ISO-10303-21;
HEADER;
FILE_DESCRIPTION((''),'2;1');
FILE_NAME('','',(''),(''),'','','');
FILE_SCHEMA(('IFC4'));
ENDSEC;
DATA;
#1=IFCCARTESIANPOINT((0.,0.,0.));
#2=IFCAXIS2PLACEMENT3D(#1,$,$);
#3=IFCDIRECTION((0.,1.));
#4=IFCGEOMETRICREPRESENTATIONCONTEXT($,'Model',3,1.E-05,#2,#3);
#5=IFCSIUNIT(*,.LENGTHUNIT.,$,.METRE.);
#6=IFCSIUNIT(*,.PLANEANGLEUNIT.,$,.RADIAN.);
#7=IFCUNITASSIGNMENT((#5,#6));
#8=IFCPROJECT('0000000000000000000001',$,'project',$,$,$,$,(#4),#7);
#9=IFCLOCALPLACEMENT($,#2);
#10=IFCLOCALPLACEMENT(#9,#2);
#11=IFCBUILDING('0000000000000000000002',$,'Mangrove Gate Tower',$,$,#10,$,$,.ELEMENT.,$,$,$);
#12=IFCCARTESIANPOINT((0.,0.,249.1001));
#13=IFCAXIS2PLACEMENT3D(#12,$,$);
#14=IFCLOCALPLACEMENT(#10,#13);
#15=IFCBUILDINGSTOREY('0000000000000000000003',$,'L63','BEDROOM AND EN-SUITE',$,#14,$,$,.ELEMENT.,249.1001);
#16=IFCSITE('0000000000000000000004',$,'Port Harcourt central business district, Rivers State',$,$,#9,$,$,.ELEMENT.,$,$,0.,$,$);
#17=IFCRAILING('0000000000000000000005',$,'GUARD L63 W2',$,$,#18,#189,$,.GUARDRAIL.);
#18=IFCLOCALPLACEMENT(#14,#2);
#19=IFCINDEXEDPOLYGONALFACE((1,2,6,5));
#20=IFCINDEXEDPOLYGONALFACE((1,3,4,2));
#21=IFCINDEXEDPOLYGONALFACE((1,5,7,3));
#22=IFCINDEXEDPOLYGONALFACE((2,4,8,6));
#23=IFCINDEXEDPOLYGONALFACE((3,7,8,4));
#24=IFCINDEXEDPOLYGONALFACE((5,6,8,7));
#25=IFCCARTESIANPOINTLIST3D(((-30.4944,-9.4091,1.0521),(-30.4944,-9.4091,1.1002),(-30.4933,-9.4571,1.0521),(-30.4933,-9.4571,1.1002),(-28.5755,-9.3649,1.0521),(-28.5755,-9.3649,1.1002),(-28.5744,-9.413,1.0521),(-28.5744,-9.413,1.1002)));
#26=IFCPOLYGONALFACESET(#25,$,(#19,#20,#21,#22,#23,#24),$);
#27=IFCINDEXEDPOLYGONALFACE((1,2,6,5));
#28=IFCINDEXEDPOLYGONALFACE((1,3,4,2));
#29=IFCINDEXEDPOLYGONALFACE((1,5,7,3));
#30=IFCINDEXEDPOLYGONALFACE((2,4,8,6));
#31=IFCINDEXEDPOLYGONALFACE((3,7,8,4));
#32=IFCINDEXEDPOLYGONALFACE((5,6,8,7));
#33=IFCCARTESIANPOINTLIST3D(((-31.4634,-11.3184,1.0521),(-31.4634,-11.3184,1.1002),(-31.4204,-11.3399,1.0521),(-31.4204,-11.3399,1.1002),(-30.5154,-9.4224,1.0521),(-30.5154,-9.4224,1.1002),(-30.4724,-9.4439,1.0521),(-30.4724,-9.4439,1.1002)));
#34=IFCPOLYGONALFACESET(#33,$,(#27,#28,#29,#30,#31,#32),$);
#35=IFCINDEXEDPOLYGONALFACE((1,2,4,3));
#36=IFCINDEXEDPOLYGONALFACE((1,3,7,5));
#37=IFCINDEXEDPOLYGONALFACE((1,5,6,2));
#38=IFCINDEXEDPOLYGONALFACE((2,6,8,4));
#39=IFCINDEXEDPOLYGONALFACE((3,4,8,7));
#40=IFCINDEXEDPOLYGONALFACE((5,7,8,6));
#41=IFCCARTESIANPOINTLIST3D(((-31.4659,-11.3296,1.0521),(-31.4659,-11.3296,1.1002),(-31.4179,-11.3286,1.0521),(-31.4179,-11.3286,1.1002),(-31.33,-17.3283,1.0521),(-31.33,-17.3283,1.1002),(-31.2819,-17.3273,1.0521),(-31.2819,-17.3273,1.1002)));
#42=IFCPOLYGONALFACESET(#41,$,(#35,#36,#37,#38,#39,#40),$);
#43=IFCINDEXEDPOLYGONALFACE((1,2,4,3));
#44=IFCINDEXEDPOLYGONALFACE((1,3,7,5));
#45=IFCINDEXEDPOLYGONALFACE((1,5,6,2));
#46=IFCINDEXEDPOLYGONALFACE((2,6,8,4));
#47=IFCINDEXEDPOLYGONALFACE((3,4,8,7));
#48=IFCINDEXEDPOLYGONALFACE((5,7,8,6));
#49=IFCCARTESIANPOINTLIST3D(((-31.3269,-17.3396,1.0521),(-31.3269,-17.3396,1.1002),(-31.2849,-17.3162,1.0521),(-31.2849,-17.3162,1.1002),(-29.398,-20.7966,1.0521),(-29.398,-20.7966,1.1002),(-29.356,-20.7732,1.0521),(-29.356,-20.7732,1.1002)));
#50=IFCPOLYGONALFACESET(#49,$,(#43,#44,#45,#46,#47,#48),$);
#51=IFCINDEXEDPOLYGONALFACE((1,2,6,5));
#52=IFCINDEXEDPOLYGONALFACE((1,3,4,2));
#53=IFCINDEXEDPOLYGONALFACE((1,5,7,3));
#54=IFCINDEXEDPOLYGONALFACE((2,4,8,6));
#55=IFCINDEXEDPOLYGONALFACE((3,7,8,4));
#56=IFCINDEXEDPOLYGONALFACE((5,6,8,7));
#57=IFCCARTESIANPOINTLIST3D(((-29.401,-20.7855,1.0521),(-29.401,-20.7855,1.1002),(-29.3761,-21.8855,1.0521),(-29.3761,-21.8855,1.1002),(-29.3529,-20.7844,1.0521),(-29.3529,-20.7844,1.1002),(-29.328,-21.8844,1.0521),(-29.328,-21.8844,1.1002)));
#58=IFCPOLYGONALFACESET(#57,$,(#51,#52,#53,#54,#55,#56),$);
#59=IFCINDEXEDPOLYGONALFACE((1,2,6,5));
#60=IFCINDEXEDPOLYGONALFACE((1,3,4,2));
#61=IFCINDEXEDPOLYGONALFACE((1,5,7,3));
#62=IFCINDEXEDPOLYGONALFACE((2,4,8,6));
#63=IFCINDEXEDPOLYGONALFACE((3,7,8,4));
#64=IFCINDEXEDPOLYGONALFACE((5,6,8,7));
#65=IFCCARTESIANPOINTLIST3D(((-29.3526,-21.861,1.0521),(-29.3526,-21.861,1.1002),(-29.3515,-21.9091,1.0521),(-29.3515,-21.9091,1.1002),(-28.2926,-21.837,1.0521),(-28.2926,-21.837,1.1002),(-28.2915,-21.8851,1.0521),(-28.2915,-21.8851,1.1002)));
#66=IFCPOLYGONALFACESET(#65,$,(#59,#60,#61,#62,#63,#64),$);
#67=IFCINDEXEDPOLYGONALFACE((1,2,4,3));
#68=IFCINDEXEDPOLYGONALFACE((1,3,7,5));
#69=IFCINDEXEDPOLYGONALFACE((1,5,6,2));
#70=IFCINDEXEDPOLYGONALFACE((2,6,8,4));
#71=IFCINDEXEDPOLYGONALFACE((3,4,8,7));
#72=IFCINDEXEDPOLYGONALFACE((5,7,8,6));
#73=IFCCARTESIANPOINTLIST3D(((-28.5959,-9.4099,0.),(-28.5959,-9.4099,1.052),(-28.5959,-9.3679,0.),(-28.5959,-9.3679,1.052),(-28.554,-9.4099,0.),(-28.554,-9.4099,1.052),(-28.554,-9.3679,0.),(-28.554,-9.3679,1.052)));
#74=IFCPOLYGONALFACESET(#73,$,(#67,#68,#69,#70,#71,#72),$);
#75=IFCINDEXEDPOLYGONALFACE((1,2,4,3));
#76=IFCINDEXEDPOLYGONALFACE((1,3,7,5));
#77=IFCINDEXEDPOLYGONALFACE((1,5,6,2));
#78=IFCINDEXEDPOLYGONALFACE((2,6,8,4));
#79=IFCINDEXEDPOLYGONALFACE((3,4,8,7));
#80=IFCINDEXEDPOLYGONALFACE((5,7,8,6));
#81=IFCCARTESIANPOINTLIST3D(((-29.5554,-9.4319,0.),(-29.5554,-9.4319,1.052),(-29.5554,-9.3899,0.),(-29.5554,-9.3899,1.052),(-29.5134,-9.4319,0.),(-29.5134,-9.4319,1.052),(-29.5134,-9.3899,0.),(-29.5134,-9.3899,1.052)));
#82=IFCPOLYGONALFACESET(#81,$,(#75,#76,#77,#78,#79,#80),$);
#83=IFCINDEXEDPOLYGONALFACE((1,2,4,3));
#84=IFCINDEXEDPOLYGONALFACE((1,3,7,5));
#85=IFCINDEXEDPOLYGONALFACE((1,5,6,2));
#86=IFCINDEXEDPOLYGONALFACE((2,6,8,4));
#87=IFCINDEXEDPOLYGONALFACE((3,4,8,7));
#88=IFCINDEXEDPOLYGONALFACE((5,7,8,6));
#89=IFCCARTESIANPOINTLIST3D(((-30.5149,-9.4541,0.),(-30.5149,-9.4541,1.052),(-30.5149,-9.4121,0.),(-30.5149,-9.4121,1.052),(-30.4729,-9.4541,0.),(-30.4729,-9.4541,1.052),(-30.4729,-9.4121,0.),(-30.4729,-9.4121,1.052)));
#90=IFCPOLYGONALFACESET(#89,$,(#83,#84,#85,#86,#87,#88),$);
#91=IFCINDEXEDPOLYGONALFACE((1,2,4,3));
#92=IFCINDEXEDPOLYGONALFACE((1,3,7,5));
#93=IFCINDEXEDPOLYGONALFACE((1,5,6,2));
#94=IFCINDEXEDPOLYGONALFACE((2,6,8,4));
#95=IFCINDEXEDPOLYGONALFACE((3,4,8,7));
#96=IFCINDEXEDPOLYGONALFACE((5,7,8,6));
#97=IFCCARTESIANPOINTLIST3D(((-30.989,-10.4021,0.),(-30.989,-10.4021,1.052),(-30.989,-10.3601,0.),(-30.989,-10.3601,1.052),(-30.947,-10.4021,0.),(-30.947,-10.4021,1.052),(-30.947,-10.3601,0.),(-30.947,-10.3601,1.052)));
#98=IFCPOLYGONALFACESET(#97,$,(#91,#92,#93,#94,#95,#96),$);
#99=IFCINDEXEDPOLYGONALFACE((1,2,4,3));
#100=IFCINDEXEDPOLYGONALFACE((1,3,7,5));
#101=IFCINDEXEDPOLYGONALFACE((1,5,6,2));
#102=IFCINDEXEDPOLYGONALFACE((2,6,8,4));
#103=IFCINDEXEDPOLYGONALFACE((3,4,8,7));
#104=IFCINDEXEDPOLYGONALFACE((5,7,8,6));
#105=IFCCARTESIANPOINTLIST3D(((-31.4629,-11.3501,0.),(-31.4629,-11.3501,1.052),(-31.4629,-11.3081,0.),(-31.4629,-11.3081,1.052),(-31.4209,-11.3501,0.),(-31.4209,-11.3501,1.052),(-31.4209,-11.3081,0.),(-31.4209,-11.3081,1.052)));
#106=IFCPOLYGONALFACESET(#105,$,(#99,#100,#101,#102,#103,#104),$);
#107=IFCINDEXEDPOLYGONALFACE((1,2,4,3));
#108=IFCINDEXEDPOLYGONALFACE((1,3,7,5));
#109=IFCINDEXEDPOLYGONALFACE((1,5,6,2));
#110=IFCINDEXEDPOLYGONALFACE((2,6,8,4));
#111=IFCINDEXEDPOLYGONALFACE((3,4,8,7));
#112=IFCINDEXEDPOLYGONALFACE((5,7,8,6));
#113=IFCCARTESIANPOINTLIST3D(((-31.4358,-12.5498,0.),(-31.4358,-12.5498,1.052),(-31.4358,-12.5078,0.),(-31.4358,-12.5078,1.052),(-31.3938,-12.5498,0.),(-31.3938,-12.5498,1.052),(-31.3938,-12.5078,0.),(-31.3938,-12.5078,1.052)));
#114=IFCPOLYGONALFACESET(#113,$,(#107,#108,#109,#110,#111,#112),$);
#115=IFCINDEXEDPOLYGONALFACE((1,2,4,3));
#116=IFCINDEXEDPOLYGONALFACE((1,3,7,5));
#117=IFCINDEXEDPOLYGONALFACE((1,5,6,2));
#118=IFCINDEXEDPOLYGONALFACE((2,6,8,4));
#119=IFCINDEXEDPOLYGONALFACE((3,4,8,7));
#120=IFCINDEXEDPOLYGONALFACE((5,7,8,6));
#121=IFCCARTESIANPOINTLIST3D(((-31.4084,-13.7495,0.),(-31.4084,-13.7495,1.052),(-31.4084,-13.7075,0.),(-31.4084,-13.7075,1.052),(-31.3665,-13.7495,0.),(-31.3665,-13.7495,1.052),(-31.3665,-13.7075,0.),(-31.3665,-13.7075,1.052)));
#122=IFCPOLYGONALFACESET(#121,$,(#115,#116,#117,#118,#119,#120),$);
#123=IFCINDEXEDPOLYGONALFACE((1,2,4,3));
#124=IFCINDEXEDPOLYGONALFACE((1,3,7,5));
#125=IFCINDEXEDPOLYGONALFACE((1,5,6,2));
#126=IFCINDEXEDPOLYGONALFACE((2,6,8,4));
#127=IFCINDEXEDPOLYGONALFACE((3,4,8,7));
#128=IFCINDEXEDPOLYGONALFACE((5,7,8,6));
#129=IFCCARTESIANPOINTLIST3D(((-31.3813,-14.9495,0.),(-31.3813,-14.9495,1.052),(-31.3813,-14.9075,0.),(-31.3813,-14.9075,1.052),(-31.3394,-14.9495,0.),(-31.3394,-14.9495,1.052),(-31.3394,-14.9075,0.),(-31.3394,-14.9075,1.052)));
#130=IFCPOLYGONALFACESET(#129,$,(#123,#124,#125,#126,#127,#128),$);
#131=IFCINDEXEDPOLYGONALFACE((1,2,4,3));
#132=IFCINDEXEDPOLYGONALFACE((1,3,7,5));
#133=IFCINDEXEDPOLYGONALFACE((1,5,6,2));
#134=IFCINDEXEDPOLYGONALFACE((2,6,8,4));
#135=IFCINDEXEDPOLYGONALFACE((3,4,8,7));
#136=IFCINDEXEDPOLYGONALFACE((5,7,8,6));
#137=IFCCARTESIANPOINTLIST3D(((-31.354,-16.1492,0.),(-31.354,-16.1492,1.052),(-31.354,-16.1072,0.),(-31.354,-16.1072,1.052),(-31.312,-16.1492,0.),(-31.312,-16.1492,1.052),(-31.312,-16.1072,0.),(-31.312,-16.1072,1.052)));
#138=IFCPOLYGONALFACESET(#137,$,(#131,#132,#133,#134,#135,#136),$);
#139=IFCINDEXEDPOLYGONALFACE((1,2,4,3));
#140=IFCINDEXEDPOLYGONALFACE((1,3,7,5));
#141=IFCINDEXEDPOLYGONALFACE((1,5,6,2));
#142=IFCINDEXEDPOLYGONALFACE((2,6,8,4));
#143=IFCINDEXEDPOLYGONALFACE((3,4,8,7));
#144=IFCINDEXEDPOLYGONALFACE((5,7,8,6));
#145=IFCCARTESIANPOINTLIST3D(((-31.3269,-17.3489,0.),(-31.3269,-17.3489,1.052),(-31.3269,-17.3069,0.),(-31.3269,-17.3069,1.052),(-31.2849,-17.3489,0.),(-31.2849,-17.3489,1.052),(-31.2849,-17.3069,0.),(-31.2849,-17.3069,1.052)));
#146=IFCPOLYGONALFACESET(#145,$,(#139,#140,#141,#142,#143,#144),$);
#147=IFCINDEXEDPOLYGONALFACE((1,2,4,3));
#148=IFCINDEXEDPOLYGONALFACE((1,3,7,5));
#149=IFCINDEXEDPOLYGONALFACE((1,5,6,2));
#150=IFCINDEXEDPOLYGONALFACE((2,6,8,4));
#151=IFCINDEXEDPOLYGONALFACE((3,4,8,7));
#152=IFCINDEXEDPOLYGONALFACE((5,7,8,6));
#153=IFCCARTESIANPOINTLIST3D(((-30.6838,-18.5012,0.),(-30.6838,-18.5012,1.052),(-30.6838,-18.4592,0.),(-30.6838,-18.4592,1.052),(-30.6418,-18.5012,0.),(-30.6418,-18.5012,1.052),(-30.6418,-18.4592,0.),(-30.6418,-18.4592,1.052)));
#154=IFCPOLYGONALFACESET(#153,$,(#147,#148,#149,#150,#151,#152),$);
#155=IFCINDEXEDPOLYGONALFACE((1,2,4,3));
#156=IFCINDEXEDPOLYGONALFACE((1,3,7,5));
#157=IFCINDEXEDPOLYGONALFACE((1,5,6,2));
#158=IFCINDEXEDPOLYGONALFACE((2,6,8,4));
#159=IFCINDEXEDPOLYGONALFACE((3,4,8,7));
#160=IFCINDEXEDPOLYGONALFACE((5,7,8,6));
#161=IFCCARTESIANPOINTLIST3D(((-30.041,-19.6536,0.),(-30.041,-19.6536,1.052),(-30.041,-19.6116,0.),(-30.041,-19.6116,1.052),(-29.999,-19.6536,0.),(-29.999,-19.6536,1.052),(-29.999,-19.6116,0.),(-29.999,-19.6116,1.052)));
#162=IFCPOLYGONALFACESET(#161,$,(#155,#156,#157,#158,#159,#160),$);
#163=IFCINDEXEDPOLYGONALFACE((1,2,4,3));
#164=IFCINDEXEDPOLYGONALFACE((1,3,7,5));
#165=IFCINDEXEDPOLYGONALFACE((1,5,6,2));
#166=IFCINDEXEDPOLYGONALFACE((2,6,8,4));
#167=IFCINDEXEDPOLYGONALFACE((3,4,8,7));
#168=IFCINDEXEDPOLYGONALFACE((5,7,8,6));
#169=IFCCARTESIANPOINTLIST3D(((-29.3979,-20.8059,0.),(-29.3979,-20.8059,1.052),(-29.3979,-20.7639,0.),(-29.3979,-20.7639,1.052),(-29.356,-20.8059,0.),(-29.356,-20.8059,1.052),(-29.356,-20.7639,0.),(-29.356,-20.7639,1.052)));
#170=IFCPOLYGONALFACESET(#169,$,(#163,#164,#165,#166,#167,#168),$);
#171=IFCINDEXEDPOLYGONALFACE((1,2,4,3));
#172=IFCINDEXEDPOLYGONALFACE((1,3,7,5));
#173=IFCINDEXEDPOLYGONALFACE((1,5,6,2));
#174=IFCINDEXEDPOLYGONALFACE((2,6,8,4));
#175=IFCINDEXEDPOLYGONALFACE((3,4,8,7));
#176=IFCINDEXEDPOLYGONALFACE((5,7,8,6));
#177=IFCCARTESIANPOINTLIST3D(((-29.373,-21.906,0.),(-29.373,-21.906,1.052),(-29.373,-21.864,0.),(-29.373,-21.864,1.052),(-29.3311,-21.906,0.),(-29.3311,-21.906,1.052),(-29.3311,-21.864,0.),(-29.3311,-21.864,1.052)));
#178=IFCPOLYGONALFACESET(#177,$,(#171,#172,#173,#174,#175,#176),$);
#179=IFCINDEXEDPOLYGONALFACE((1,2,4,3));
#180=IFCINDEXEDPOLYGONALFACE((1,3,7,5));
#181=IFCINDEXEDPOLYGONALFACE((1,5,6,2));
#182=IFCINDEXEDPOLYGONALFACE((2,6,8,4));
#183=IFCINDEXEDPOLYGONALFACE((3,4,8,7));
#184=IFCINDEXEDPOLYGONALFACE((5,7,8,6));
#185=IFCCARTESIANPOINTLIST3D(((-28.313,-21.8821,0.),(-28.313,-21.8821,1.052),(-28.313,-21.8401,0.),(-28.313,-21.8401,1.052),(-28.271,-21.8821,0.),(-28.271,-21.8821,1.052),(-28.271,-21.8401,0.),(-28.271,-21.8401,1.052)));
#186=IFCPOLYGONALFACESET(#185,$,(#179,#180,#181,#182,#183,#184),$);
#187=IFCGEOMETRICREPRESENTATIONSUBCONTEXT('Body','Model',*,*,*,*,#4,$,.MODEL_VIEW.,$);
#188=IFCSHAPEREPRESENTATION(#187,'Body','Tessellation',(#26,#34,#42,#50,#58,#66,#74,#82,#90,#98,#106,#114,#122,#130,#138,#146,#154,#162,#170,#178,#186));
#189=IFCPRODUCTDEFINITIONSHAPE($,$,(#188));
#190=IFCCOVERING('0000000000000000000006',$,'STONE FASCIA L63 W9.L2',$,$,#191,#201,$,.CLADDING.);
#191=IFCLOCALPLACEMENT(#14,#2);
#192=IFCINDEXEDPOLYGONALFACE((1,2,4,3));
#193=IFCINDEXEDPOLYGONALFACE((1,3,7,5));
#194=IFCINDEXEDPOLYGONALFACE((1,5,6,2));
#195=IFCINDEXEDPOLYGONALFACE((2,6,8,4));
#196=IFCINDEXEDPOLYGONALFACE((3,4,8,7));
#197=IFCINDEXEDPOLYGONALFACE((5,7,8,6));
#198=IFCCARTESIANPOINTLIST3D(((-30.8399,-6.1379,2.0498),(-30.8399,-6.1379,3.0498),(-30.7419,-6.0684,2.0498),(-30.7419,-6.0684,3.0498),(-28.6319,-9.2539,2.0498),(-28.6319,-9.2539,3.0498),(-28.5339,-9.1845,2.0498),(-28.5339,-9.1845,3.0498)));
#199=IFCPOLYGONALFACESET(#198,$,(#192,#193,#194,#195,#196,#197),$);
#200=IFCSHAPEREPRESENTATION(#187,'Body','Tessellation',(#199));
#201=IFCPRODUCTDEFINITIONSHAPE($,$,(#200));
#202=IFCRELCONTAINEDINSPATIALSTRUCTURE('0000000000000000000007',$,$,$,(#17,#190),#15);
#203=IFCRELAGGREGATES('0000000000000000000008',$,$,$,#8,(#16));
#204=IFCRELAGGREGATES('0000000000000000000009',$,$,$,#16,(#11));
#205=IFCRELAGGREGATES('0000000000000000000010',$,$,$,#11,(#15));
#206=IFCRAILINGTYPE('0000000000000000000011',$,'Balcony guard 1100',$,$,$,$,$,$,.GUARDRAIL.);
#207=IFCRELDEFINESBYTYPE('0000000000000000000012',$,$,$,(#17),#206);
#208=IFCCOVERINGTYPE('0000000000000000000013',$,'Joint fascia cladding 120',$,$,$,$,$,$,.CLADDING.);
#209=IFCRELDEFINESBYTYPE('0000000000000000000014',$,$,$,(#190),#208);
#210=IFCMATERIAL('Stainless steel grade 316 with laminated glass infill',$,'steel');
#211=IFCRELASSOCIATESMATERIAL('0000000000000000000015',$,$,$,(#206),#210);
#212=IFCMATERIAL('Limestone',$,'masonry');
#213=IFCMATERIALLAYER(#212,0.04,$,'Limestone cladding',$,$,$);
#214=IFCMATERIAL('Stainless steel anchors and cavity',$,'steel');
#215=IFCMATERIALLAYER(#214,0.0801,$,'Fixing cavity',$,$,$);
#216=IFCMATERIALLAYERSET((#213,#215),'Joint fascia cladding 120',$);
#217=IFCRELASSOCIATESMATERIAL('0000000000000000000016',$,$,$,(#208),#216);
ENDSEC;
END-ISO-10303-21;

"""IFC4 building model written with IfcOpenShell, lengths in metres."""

from ifc_helpers import new_model, si_unit, direction, frame, frame_2d, origin, origin_2d, place, context, subcontext, project, spatial, rectangle, extrude, material, layer, layer_set, type_object, element, save


model = new_model("IFC4")

# Units and contexts
model_context = context("Model", 3, precision=1e-05, world=origin(), true_north=direction((0.0, 1.0)))
body_context = subcontext(model_context, "Body", "Model", "MODEL_VIEW")
ifc_project = project(units=[si_unit("LENGTHUNIT", "METRE"), si_unit("PLANEANGLEUNIT", "RADIAN")], contexts=[model_context])

# Site, building, storey
site_placement = place(None, origin())
site = spatial("IfcSite", under=ifc_project, at=site_placement, Name="Port Harcourt central business district, Rivers State", CompositionType="ELEMENT", RefElevation=0.0)
building_placement = place(site_placement, origin())
building = spatial("IfcBuilding", under=site, at=building_placement, Name="Mangrove Gate Tower", CompositionType="ELEMENT")
storey_placement = place(building_placement, frame((0.0, 0.0, 249.1001)))
storey = spatial("IfcBuildingStorey", under=building, at=storey_placement, Name="L63", Description="BEDROOM AND EN-SUITE", CompositionType="ELEMENT", Elevation=249.1001)

# Shared definitions
ifc_material_1 = material(Name="Limestone", Category="masonry")

# Railing
ifc_material_2 = material(Name="Stainless steel grade 316 with laminated glass infill", Category="steel")
railing_type = type_object("IfcRailingType", Name="Balcony guard 1100", PredefinedType="GUARDRAIL", material=ifc_material_2)
railing_placement = place(storey_placement, frame((-28.575, -9.3889, 0.0)))
element("IfcRailing", 1, at=railing_placement, inside=storey, type_object=railing_type, Name="GUARD L63 W2", PredefinedType="GUARDRAIL", context=body_context, shape_type="SweptSolid", body=[
    extrude(rectangle(XDim=0.0481, YDim=0.0481, at=origin_2d()), frame((0.0, 0.0, 1.0762), z_axis=(-0.999735, -0.023022, 0.0), x_axis=(0.023022, -0.999735, 0.0)), (0.0, 0.0, 1.0), 1.9194),
    extrude(rectangle(XDim=0.0481, YDim=0.0481, at=origin_2d()), frame((-1.9189, -0.0442, 1.0762), z_axis=(-0.447214, -0.894427, 0.0), x_axis=(0.894427, -0.447214, 0.0)), (0.0, 0.0, 1.0), 2.1199),
    extrude(rectangle(XDim=0.0481, YDim=0.0481, at=origin_2d()), frame((-2.8669, -1.9402, 1.0762), z_axis=(0.022663, -0.999743, 0.0), x_axis=(0.999743, 0.022663, 0.0)), (0.0, 0.0, 1.0), 6.0002),
    extrude(rectangle(XDim=0.0481, YDim=0.0481, at=origin_2d()), frame((-2.731, -7.939, 1.0762), z_axis=(0.48726, -0.873257, 0.0), x_axis=(0.873257, 0.48726, 0.0)), (0.0, 0.0, 1.0), 3.9587),
    extrude(rectangle(XDim=0.0481, YDim=0.0481, at=origin_2d()), frame((-0.802, -11.396, 1.0762), z_axis=(0.022631, -0.999744, 0.0), x_axis=(0.999744, 0.022631, 0.0)), (0.0, 0.0, 1.0), 1.1003),
    extrude(rectangle(XDim=0.0481, YDim=0.0481, at=origin_2d()), frame((-0.7771, -12.4961, 1.0762), z_axis=(0.999745, 0.022564, 0.0), x_axis=(-0.022564, 0.999745, 0.0)), (0.0, 0.0, 1.0), 1.0603),
    extrude(rectangle(XDim=0.042, YDim=0.042, at=origin_2d()), origin(), (0.0, 0.0, 1.0), 1.052),
    extrude(rectangle(XDim=0.042, YDim=0.042, at=origin_2d()), frame((-0.9595, -0.022, 0.0)), (0.0, 0.0, 1.0), 1.052),
    extrude(rectangle(XDim=0.042, YDim=0.042, at=origin_2d()), frame((-1.9189, -0.0442, 0.0)), (0.0, 0.0, 1.0), 1.052),
    extrude(rectangle(XDim=0.042, YDim=0.042, at=origin_2d()), frame((-2.3931, -0.9922, 0.0)), (0.0, 0.0, 1.0), 1.052),
    extrude(rectangle(XDim=0.042, YDim=0.042, at=origin_2d()), frame((-2.8669, -1.9402, 0.0)), (0.0, 0.0, 1.0), 1.052),
    extrude(rectangle(XDim=0.042, YDim=0.042, at=origin_2d()), frame((-2.8398, -3.1399, 0.0)), (0.0, 0.0, 1.0), 1.052),
    extrude(rectangle(XDim=0.042, YDim=0.042, at=origin_2d()), frame((-2.8125, -4.3396, 0.0)), (0.0, 0.0, 1.0), 1.052),
    extrude(rectangle(XDim=0.042, YDim=0.042, at=origin_2d()), frame((-2.7854, -5.5396, 0.0)), (0.0, 0.0, 1.0), 1.052),
    extrude(rectangle(XDim=0.042, YDim=0.042, at=origin_2d()), frame((-2.7581, -6.7393, 0.0)), (0.0, 0.0, 1.0), 1.052),
    extrude(rectangle(XDim=0.042, YDim=0.042, at=origin_2d()), frame((-2.731, -7.939, 0.0)), (0.0, 0.0, 1.0), 1.052),
    extrude(rectangle(XDim=0.042, YDim=0.042, at=origin_2d()), frame((-2.0879, -9.0913, 0.0)), (0.0, 0.0, 1.0), 1.052),
    extrude(rectangle(XDim=0.042, YDim=0.042, at=origin_2d()), frame((-1.4451, -10.2437, 0.0)), (0.0, 0.0, 1.0), 1.052),
    extrude(rectangle(XDim=0.042, YDim=0.042, at=origin_2d()), frame((-0.802, -11.396, 0.0)), (0.0, 0.0, 1.0), 1.052),
    extrude(rectangle(XDim=0.042, YDim=0.042, at=origin_2d()), frame((-0.7771, -12.4961, 0.0)), (0.0, 0.0, 1.0), 1.052),
    extrude(rectangle(XDim=0.042, YDim=0.042, at=origin_2d()), frame((0.283, -12.4722, 0.0)), (0.0, 0.0, 1.0), 1.052),
])

# Covering
ifc_layer_1 = layer(ifc_material_1, 0.04, Name="Limestone cladding")
ifc_material_3 = material(Name="Stainless steel anchors and cavity", Category="steel")
ifc_layer_2 = layer(ifc_material_3, 0.0801, Name="Fixing cavity")
ifc_layer_set_1 = layer_set([ifc_layer_1, ifc_layer_2], Name="Joint fascia cladding 120")
covering_type = type_object("IfcCoveringType", Name="Joint fascia cladding 120", PredefinedType="CLADDING", material=ifc_layer_set_1)
covering_placement = place(storey_placement, frame((-30.791, -6.103, 2.0498), z_axis=(0.0, 0.0, 1.0), x_axis=(0.578168, -0.815918, 0.0)))
element("IfcCovering", 2, at=covering_placement, inside=storey, type_object=covering_type, Name="STONE FASCIA L63 W9.L2", PredefinedType="CLADDING", context=body_context, shape_type="SweptSolid", body=[
    extrude(rectangle(XDim=3.8191, YDim=0.1201, at=frame_2d((1.9097, 0.0))), origin(), (0.0, 0.0, 1.0), 1.0),
])

save(model, "model.ifc")
